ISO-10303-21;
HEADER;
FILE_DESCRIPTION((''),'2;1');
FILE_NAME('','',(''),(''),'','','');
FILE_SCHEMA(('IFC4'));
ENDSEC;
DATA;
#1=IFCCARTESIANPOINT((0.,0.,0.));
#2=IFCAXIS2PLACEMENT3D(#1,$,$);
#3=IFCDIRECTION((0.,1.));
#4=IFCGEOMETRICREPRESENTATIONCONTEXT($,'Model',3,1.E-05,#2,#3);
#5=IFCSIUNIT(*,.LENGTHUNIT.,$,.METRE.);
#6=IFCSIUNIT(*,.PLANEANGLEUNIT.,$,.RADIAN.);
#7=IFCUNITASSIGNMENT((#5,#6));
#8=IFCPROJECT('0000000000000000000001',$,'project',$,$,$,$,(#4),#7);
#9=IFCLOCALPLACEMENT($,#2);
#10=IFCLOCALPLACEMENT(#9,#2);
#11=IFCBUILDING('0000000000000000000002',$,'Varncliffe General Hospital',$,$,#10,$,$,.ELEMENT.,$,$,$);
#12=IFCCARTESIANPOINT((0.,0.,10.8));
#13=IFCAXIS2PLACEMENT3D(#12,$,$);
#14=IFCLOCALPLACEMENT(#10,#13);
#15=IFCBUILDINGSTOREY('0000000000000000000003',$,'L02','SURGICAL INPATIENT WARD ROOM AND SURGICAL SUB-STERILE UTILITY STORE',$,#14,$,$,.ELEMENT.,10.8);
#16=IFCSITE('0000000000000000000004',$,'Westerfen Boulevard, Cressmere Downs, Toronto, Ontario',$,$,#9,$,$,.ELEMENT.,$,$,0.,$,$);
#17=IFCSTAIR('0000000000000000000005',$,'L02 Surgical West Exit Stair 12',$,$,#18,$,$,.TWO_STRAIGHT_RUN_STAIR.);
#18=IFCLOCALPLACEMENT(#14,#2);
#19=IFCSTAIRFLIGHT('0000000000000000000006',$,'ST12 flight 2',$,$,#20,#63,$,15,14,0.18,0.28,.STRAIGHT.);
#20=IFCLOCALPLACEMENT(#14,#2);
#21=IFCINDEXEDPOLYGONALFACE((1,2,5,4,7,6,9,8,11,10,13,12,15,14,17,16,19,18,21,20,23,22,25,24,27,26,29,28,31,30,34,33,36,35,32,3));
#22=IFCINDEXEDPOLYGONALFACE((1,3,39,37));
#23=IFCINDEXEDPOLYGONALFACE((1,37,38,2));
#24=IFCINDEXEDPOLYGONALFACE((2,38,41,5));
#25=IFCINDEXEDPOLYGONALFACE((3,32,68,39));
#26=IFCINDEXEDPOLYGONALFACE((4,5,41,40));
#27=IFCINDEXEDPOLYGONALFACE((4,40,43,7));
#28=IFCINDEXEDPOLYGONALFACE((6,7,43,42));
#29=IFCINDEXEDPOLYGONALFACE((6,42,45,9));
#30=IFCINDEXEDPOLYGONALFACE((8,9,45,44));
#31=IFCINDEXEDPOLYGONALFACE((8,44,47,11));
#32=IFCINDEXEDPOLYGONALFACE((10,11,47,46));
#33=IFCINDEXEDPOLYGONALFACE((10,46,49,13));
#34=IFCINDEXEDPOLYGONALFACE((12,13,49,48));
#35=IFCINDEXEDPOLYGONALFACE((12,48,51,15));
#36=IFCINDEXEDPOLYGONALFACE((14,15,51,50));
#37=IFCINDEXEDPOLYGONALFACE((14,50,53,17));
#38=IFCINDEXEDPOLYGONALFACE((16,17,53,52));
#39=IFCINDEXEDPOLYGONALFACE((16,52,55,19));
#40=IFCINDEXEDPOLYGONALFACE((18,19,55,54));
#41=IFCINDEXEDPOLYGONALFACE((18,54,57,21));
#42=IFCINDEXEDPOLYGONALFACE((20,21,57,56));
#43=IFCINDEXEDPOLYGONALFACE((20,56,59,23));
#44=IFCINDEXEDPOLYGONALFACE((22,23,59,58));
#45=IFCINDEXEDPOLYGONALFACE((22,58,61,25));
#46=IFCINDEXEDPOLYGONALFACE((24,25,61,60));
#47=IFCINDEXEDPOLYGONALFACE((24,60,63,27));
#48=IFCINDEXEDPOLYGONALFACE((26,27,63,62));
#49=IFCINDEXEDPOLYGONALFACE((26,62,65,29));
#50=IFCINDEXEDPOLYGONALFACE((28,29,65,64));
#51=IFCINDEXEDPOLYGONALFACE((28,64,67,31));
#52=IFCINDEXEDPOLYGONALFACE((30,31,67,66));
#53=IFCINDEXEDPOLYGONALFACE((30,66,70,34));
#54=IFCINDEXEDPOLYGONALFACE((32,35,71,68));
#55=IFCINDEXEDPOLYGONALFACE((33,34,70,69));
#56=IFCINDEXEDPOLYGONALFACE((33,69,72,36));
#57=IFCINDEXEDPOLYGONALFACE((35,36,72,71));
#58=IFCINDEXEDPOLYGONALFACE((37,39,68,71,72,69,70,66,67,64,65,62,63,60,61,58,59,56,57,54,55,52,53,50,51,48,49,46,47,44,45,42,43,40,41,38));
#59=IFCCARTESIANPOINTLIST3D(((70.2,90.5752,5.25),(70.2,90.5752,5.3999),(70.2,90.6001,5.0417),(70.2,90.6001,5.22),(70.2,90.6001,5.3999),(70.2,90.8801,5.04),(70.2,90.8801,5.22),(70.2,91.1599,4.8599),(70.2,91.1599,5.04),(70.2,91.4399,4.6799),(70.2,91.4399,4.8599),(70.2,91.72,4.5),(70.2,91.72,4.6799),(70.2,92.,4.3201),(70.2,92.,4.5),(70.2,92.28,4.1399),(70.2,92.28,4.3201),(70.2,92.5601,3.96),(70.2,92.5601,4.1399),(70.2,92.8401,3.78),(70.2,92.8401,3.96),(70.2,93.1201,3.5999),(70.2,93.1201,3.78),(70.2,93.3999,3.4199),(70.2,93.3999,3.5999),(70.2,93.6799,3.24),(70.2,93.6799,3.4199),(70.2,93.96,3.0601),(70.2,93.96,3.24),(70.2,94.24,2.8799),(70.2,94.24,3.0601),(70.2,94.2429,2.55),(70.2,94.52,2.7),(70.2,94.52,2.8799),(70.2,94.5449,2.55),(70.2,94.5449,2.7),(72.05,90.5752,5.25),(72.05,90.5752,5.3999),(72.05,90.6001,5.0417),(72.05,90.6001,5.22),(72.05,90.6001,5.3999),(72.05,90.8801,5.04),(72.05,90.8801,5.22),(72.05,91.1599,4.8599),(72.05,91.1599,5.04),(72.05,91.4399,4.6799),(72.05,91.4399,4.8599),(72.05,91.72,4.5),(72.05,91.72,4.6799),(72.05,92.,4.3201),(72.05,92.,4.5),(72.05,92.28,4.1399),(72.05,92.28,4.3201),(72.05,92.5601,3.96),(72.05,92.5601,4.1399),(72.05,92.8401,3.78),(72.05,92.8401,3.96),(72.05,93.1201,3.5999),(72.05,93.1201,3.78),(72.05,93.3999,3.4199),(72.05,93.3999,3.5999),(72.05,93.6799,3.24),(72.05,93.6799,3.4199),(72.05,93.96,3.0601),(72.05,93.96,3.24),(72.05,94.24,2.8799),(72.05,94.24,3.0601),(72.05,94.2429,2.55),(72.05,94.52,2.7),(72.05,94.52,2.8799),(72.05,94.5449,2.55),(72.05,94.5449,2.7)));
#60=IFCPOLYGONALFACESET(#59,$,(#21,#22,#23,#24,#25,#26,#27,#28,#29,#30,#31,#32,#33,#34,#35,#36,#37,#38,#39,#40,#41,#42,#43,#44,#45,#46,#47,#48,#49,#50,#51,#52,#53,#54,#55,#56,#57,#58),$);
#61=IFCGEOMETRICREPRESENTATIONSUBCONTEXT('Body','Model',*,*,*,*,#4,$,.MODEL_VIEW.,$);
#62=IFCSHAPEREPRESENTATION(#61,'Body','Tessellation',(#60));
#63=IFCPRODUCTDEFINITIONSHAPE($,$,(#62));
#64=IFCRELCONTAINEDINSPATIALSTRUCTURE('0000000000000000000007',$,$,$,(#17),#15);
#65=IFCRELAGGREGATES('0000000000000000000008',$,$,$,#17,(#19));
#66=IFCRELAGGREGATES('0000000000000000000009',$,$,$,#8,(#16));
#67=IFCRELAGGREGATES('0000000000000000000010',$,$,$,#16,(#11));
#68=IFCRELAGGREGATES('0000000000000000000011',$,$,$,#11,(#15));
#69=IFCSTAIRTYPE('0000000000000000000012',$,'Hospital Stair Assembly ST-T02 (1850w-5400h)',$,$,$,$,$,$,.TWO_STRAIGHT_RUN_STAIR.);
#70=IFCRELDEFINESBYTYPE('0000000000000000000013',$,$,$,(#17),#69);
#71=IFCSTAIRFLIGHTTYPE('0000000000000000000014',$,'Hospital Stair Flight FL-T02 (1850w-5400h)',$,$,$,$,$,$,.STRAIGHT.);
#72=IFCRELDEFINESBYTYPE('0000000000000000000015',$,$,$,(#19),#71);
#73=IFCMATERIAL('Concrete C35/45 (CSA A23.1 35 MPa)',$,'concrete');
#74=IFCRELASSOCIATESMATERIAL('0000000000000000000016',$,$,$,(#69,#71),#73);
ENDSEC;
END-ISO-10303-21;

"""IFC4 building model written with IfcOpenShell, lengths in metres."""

from ifc_helpers import new_model, si_unit, direction, frame, origin, place, context, subcontext, project, spatial, polyline, outline, extrude, material, type_object, element, aggregate, save


model = new_model("IFC4")

# Units and contexts
model_context = context("Model", 3, precision=1e-05, world=origin(), true_north=direction((0.0, 1.0)))
body_context = subcontext(model_context, "Body", "Model", "MODEL_VIEW")
ifc_project = project(units=[si_unit("LENGTHUNIT", "METRE"), si_unit("PLANEANGLEUNIT", "RADIAN")], contexts=[model_context])

# Site, building, storey
site_placement = place(None, origin())
site = spatial("IfcSite", under=ifc_project, at=site_placement, Name="Westerfen Boulevard, Cressmere Downs, Toronto, Ontario", CompositionType="ELEMENT", RefElevation=0.0)
building_placement = place(site_placement, origin())
building = spatial("IfcBuilding", under=site, at=building_placement, Name="Varncliffe General Hospital", CompositionType="ELEMENT")
storey_placement = place(building_placement, frame((0.0, 0.0, 10.8)))
storey = spatial("IfcBuildingStorey", under=building, at=storey_placement, Name="L02", Description="SURGICAL INPATIENT WARD ROOM AND SURGICAL SUB-STERILE UTILITY STORE", CompositionType="ELEMENT", Elevation=10.8)

# Shared definitions
ifc_material_1 = material(Name="Concrete C35/45 (CSA A23.1 35 MPa)", Category="concrete")

# Stair, stair flight
stair_type = type_object("IfcStairType", Name="Hospital Stair Assembly ST-T02 (1850w-5400h)", PredefinedType="TWO_STRAIGHT_RUN_STAIR", material=ifc_material_1)
stair_placement = place(storey_placement, origin())
stair = element("IfcStair", 1, at=stair_placement, inside=storey, type_object=stair_type, Name="L02 Surgical West Exit Stair 12", PredefinedType="TWO_STRAIGHT_RUN_STAIR")
stair_flight_type = type_object("IfcStairFlightType", Name="Hospital Stair Flight FL-T02 (1850w-5400h)", PredefinedType="STRAIGHT", material=ifc_material_1)
stair_flight_placement = place(storey_placement, frame((71.125, 94.52, 2.7), z_axis=(0.0, 0.0, 1.0), x_axis=(0.0, -1.0, 0.0)))
stair_flight = element("IfcStairFlight", 2, at=stair_flight_placement, type_object=stair_flight_type, Name="ST12 flight 2", NumberOfRisers=15, NumberOfTreads=14, PredefinedType="STRAIGHT", RiserHeight=0.18, TreadLength=0.28, context=body_context, shape_type="SweptSolid", body=[
    extrude(outline(polyline([(-0.0249, -0.1499), (-0.0249, 0.0), (0.0, 0.0), (0.0, 0.1799), (0.28, 0.1799), (0.28, 0.3601), (0.5601, 0.3601), (0.5601, 0.54), (0.8401, 0.54), (0.8401, 0.72), (1.1201, 0.72), (1.1201, 0.8999), (1.3999, 0.8999), (1.3999, 1.0801), (1.6799, 1.0801), (1.6799, 1.26), (1.96, 1.26), (1.96, 1.4399), (2.24, 1.4399), (2.24, 1.6201), (2.52, 1.6201), (2.52, 1.8), (2.8, 1.8), (2.8, 1.98), (3.0801, 1.98), (3.0801, 2.1599), (3.3601, 2.1599), (3.3601, 2.3401), (3.6399, 2.3401), (3.6399, 2.52), (3.9199, 2.52), (3.9199, 2.7), (3.9448, 2.7), (3.9448, 2.55), (3.9199, 2.3418), (0.2771, -0.1499), (-0.0249, -0.1499)])), frame((0.0, 0.925, 0.0), z_axis=(0.0, -1.0, 0.0), x_axis=(1.0, 0.0, 0.0)), (0.0, 0.0, 1.0), 1.8501),
])
aggregate(stair, [stair_flight])

save(model, "model.ifc")
